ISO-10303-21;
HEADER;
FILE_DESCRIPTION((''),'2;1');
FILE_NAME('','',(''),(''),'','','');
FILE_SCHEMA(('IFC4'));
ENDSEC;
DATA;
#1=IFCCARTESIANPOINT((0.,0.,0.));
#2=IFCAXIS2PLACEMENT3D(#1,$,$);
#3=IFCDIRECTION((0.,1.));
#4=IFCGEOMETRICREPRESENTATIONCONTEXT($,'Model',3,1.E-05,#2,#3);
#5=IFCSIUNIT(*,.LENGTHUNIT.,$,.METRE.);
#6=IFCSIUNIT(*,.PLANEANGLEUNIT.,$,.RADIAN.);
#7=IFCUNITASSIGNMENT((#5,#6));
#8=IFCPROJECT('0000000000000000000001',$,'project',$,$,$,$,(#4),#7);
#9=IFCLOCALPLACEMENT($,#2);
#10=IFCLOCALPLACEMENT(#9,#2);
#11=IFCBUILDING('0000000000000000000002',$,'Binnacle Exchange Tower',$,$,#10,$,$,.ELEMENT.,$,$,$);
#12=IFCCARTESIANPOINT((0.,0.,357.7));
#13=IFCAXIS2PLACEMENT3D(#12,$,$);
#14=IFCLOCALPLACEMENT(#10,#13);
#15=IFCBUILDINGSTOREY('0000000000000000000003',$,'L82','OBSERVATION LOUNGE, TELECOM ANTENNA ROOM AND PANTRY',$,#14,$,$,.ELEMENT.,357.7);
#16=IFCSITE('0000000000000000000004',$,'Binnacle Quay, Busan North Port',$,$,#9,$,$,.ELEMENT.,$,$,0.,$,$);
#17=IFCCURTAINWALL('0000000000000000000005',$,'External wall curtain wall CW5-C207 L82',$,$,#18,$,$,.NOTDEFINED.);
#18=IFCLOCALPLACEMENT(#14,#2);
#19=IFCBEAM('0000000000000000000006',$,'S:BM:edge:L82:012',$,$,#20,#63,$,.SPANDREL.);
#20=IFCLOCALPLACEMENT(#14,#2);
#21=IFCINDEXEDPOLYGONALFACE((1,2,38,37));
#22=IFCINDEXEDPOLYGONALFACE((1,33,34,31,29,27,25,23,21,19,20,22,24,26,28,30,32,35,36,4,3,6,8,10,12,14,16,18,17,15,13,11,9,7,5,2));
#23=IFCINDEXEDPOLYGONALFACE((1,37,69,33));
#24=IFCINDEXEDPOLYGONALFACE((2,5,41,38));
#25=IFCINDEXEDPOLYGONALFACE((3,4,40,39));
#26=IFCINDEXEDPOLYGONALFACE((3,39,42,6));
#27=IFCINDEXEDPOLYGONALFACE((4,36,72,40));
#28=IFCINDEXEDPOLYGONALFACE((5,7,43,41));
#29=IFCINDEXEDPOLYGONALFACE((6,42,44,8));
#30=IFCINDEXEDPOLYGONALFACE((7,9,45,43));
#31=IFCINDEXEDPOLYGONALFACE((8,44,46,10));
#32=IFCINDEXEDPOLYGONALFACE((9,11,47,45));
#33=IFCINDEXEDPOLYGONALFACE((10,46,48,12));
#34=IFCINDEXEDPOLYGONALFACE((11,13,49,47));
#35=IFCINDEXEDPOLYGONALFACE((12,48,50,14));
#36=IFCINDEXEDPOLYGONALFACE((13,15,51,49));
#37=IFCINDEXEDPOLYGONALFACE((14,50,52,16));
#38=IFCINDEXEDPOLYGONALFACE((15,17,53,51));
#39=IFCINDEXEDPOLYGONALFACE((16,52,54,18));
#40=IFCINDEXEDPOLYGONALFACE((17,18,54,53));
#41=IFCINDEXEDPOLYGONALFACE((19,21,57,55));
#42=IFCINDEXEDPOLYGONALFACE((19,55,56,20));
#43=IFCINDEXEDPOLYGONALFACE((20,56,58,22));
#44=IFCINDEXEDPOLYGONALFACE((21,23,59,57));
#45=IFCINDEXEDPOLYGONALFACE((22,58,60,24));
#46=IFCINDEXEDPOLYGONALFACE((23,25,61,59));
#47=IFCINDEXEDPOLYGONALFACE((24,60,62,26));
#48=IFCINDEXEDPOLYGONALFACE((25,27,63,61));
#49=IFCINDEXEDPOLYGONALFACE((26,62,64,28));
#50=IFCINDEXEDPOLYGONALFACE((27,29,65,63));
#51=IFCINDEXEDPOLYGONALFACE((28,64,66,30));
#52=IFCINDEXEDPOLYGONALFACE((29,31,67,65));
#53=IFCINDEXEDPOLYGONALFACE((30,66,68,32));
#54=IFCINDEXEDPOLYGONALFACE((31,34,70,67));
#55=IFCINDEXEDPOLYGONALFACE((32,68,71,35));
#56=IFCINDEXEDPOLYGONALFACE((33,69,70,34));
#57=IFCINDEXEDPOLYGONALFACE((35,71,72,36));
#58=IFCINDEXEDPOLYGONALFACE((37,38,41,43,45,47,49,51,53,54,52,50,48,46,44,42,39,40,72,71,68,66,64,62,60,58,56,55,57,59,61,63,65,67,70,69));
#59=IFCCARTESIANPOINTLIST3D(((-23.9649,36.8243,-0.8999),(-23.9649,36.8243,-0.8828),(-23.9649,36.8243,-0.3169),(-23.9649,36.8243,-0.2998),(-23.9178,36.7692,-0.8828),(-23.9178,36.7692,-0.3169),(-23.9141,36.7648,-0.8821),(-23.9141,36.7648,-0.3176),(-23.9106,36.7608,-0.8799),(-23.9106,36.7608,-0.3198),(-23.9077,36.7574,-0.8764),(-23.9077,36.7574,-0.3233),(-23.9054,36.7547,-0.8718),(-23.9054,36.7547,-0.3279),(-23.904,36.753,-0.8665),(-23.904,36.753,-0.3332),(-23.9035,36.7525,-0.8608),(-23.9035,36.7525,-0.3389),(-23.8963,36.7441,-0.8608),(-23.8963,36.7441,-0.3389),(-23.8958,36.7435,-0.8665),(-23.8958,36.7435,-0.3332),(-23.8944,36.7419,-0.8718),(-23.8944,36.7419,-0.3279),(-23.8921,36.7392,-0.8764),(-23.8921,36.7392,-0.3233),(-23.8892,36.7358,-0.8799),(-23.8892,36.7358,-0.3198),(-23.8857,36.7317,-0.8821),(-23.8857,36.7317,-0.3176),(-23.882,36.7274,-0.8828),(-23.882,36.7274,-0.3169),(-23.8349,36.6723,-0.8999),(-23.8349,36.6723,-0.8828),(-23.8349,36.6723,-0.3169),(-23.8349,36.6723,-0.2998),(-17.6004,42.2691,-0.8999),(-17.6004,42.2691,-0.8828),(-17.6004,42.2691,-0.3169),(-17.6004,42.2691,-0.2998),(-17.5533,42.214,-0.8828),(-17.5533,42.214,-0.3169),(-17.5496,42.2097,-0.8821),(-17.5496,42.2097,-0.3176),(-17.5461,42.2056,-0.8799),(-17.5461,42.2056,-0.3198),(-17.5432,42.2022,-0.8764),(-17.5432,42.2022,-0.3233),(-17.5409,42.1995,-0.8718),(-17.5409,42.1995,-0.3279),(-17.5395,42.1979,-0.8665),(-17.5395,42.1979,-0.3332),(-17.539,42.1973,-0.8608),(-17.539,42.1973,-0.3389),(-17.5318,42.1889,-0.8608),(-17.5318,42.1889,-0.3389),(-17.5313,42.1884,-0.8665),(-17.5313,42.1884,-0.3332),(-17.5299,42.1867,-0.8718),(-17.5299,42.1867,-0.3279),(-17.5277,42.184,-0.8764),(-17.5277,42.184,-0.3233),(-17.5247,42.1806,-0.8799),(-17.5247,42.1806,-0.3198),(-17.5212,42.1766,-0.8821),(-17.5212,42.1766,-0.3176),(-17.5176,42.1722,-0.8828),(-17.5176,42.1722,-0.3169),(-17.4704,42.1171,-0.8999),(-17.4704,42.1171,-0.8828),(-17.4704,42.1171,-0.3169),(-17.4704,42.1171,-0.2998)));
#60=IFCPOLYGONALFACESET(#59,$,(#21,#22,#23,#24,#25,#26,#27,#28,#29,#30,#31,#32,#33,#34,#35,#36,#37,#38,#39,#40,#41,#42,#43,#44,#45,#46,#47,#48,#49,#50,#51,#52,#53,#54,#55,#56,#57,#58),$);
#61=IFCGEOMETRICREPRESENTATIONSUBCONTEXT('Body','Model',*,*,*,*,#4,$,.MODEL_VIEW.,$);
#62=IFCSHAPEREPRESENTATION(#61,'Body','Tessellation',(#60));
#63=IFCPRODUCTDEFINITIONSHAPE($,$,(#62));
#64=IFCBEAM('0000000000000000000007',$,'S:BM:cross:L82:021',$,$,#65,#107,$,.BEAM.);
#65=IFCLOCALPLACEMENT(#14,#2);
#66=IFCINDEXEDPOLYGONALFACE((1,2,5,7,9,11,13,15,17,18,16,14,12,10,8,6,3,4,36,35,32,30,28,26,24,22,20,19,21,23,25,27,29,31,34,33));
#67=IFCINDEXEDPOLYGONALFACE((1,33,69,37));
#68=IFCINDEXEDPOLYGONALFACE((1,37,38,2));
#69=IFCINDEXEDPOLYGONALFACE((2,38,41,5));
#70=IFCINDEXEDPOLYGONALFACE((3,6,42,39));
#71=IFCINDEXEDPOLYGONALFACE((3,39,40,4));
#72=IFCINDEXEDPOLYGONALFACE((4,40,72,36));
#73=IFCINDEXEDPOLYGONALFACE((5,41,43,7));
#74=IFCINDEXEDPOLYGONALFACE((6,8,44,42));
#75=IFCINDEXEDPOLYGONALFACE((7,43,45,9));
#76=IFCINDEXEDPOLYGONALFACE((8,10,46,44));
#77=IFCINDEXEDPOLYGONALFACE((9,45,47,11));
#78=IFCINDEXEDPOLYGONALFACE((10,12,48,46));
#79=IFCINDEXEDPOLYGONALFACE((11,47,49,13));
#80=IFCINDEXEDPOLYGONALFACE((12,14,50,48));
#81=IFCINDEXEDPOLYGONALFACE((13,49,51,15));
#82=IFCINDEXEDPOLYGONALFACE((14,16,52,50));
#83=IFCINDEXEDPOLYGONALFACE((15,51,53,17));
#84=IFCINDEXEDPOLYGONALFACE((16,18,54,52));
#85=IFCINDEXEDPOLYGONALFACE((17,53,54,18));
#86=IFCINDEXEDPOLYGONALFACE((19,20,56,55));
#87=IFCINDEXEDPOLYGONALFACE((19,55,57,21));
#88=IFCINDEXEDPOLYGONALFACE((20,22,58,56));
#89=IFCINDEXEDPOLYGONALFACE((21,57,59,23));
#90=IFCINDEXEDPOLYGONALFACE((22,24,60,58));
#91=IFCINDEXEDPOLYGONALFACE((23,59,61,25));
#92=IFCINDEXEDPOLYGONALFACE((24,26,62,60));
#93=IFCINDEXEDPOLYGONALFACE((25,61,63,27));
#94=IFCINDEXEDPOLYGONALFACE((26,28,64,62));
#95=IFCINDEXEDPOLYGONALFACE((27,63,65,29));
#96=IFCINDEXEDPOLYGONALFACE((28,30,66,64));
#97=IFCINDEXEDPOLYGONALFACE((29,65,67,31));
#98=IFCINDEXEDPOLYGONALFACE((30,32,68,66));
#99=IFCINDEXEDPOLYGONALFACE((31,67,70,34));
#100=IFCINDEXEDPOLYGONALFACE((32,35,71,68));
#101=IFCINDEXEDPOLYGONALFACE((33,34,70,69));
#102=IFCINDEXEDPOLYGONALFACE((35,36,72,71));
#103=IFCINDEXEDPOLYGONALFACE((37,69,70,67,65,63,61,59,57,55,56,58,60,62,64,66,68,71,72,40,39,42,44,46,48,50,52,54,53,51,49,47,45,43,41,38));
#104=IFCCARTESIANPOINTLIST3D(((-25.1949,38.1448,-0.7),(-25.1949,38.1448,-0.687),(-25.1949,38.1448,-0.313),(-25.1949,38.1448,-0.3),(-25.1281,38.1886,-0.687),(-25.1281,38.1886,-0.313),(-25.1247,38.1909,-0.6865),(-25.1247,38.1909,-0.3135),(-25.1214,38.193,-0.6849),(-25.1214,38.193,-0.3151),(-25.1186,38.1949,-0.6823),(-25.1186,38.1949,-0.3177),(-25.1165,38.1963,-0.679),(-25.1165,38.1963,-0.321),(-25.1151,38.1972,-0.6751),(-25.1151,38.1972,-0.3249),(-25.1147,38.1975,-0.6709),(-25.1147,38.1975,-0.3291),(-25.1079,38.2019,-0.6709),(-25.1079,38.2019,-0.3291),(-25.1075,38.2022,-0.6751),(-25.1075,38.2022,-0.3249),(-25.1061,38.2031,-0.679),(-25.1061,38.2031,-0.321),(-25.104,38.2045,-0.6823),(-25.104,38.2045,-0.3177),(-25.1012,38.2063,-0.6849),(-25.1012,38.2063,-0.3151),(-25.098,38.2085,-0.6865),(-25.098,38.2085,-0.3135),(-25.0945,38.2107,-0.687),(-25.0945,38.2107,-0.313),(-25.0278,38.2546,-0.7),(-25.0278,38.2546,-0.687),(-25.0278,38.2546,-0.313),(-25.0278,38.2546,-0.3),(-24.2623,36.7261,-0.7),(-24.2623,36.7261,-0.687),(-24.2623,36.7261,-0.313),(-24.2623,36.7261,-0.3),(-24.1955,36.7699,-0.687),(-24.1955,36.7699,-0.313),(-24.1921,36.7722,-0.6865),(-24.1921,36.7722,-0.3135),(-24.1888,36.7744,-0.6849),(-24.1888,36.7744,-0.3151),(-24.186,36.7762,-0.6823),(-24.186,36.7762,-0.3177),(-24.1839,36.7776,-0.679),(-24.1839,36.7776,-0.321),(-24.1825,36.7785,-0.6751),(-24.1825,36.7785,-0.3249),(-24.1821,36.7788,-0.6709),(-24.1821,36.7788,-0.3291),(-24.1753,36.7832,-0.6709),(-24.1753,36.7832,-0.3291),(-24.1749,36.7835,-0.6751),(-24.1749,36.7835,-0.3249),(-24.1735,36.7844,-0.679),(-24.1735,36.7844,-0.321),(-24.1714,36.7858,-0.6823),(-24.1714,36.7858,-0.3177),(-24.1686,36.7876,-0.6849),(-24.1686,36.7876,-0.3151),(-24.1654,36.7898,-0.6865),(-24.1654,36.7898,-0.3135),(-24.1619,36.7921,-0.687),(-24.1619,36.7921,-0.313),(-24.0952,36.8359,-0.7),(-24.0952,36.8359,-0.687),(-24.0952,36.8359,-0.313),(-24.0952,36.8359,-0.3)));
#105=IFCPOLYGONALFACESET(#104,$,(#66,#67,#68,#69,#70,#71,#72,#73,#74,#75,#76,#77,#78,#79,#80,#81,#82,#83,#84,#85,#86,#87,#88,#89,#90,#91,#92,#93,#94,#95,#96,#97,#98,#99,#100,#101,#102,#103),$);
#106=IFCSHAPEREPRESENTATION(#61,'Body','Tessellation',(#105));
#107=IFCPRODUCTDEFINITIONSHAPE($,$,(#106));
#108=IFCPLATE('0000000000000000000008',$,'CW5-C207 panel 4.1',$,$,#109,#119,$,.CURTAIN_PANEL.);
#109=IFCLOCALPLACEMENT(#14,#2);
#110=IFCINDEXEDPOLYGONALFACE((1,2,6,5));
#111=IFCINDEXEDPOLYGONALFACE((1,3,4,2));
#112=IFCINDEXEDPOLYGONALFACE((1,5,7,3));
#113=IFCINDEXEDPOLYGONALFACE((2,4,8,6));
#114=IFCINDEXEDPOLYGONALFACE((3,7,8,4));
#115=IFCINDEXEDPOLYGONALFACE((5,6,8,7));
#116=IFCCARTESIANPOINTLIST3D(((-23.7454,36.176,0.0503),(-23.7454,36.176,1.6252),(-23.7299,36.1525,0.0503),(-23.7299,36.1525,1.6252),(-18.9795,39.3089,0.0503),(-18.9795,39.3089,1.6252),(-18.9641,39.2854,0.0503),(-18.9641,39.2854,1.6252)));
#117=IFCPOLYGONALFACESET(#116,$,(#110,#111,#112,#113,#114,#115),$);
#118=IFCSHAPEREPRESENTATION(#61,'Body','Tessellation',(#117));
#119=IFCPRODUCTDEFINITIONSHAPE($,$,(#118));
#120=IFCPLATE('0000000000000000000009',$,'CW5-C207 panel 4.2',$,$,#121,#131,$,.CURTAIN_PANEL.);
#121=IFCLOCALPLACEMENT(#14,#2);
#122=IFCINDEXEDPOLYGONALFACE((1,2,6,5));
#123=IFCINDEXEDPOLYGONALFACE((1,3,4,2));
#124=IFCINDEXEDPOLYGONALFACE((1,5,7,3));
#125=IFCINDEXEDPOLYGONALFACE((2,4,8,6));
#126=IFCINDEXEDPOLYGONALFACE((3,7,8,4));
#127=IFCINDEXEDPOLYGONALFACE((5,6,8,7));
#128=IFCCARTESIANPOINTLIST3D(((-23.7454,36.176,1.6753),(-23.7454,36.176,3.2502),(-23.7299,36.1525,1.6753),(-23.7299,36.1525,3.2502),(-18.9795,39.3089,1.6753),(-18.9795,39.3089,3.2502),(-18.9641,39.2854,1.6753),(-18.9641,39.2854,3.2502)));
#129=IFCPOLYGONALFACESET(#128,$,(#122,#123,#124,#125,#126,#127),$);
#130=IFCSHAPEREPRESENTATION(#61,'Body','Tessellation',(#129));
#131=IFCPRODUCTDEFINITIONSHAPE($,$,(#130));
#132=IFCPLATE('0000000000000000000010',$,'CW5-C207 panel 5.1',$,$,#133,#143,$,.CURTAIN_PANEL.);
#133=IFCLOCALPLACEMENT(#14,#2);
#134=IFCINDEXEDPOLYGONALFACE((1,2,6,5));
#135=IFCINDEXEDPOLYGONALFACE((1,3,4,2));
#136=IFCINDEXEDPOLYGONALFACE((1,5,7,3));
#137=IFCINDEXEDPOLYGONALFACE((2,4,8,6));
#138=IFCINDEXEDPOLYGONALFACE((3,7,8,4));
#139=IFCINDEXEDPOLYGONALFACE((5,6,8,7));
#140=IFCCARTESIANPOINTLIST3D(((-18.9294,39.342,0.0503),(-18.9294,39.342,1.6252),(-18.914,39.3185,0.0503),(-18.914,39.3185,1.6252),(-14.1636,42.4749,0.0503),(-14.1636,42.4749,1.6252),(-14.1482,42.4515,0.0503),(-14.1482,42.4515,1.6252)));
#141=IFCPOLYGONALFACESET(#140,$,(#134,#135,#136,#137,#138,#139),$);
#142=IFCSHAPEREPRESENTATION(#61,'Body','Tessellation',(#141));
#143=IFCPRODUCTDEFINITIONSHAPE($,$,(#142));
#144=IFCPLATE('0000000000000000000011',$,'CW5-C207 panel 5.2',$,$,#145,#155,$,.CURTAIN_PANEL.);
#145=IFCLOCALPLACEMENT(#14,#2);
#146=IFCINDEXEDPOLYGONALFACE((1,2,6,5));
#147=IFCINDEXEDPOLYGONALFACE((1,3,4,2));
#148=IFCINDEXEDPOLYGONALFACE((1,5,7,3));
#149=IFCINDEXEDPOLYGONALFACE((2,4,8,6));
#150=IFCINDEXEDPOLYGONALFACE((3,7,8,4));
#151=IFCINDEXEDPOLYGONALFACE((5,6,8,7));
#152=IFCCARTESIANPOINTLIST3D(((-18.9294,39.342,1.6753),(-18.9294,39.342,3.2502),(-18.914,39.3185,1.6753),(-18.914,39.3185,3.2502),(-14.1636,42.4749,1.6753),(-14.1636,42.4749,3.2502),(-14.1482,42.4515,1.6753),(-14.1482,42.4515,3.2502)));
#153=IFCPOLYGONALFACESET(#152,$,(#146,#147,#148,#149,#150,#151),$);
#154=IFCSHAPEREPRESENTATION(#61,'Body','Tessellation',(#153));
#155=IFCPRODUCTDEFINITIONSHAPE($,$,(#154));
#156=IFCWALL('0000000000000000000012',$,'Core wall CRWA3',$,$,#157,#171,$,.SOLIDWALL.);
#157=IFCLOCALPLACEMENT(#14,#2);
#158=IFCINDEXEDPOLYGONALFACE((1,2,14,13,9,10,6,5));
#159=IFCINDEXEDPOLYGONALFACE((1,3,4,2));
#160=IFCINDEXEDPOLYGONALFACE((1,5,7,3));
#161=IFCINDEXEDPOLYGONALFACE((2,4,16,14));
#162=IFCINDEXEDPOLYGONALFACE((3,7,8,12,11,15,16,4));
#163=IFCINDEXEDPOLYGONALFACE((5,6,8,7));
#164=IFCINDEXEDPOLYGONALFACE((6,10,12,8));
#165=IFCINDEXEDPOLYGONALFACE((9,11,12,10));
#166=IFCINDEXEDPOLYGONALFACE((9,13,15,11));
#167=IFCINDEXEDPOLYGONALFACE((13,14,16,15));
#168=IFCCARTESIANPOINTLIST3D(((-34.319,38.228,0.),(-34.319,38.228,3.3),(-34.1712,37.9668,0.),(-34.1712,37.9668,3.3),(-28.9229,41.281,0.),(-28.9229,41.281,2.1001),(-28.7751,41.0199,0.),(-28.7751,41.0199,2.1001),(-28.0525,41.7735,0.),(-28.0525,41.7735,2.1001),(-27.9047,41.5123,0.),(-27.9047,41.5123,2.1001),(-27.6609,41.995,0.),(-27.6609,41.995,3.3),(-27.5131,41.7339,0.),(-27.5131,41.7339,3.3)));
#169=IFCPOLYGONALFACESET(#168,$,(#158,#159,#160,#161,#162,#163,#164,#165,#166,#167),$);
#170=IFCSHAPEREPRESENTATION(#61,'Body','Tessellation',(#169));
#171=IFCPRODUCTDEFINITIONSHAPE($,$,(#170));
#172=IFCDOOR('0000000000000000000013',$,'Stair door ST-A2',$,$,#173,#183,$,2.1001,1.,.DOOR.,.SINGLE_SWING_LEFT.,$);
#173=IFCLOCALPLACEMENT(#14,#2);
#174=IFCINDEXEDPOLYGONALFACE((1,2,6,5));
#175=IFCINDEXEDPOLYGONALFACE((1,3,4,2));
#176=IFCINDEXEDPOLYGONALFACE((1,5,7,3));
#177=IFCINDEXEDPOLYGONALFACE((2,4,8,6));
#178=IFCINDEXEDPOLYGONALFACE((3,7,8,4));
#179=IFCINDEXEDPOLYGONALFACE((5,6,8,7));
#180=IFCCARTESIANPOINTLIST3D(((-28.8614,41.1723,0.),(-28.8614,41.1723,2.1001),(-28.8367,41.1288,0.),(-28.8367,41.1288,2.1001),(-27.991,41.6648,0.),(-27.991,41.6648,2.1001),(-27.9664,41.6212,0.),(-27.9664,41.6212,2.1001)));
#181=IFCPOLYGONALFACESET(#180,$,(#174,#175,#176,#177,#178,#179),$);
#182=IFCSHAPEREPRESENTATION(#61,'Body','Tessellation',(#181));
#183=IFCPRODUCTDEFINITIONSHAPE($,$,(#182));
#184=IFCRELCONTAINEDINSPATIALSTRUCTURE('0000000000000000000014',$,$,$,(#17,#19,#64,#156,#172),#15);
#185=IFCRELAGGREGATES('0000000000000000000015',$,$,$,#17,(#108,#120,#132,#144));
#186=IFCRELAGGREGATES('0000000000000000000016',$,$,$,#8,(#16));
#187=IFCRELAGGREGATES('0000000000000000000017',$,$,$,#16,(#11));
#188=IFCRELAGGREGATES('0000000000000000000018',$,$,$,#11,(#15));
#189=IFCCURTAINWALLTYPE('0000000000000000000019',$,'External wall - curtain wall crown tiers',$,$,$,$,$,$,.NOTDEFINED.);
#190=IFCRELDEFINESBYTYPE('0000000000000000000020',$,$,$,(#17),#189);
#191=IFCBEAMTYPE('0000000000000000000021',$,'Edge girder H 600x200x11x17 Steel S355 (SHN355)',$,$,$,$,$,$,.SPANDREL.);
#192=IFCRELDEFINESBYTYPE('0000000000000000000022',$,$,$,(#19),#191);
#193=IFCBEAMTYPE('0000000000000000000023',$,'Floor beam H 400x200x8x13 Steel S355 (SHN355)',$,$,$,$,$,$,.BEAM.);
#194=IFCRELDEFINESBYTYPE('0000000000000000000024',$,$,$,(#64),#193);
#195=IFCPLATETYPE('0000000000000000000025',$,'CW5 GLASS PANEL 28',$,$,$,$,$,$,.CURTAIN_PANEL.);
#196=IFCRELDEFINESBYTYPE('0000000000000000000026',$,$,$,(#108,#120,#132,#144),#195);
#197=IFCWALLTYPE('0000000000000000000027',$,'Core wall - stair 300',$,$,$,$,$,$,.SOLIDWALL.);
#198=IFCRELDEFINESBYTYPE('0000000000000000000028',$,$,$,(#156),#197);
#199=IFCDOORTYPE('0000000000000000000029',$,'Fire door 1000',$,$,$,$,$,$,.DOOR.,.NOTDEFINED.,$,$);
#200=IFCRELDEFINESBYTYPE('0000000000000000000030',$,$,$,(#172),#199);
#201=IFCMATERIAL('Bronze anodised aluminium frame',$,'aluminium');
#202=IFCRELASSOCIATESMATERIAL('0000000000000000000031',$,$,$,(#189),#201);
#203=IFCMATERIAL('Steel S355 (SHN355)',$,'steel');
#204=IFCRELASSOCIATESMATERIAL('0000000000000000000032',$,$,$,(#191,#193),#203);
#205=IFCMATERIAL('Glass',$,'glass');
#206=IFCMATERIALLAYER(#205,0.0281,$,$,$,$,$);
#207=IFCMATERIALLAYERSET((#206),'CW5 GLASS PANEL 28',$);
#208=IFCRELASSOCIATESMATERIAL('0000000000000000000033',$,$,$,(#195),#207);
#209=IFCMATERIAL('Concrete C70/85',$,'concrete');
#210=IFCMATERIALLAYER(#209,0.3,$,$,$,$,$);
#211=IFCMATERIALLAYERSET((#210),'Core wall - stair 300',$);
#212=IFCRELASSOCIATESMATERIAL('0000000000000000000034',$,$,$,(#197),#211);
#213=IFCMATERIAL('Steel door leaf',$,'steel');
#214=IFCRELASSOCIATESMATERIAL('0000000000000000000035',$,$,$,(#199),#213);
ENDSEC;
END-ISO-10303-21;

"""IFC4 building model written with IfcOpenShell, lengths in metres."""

from ifc_helpers import new_model, si_unit, direction, frame, frame_2d, origin, origin_2d, place, context, subcontext, project, spatial, rectangle, i_section, extrude, material, layer, layer_set, material_profile, profile_set, type_object, element, fill, aggregate, save


model = new_model("IFC4")

# Units and contexts
model_context = context("Model", 3, precision=1e-05, world=origin(), true_north=direction((0.0, 1.0)))
body_context = subcontext(model_context, "Body", "Model", "MODEL_VIEW")
ifc_project = project(units=[si_unit("LENGTHUNIT", "METRE"), si_unit("PLANEANGLEUNIT", "RADIAN")], contexts=[model_context])

# Site, building, storey
site_placement = place(None, origin())
site = spatial("IfcSite", under=ifc_project, at=site_placement, Name="Binnacle Quay, Busan North Port", CompositionType="ELEMENT", RefElevation=0.0)
building_placement = place(site_placement, origin())
building = spatial("IfcBuilding", under=site, at=building_placement, Name="Binnacle Exchange Tower", CompositionType="ELEMENT")
storey_placement = place(building_placement, frame((0.0, 0.0, 357.7)))
storey = spatial("IfcBuildingStorey", under=building, at=storey_placement, Name="L82", Description="OBSERVATION LOUNGE, TELECOM ANTENNA ROOM AND PANTRY", CompositionType="ELEMENT", Elevation=357.7)

# Shared definitions
ifc_material_1 = material(Name="Steel S355 (SHN355)", Category="steel")

# Curtain wall
ifc_material_2 = material(Name="Bronze anodised aluminium frame", Category="aluminium")
curtain_wall_type = type_object("IfcCurtainWallType", Name="External wall - curtain wall crown tiers", PredefinedType="NOTDEFINED", material=ifc_material_2)
curtain_wall_placement = place(storey_placement, origin())
curtain_wall = element("IfcCurtainWall", 1, at=curtain_wall_placement, inside=storey, type_object=curtain_wall_type, Name="External wall curtain wall CW5-C207 L82", PredefinedType="NOTDEFINED")

# Beams
ifc_material_profile_1 = material_profile(ifc_material_1, i_section(OverallWidth=0.2, OverallDepth=0.6001, WebThickness=0.011, FlangeThickness=0.0171, FilletRadius=0.022, at=origin_2d()), Name="H 600x200x11x17")
ifc_profile_set_1 = profile_set([ifc_material_profile_1], Name="Steel S355 (SHN355)")
beam_type_1 = type_object("IfcBeamType", Name="Edge girder H 600x200x11x17 Steel S355 (SHN355)", PredefinedType="SPANDREL", material=ifc_profile_set_1)
beam_1_placement = place(storey_placement, frame((-23.8999, 36.7483, -0.5999), z_axis=(0.759874, 0.650071, 0.0), x_axis=(-0.650071, 0.759874, 0.0)))
element("IfcBeam", 2, at=beam_1_placement, inside=storey, type_object=beam_type_1, Name="S:BM:edge:L82:012", PredefinedType="SPANDREL", context=body_context, shape_type="SweptSolid", body=[
    extrude(i_section(OverallWidth=0.2, OverallDepth=0.6001, WebThickness=0.011, FlangeThickness=0.0171, FilletRadius=0.022, at=origin_2d()), origin(), (0.0, 0.0, 1.0), 8.3757),
])
ifc_material_profile_2 = material_profile(ifc_material_1, i_section(OverallWidth=0.2, OverallDepth=0.3999, WebThickness=0.0081, FlangeThickness=0.0129, FilletRadius=0.0161, at=origin_2d()), Name="H 400x200x8x13")
ifc_profile_set_2 = profile_set([ifc_material_profile_2], Name="Steel S355 (SHN355)")
beam_type_2 = type_object("IfcBeamType", Name="Floor beam H 400x200x8x13 Steel S355 (SHN355)", PredefinedType="BEAM", material=ifc_profile_set_2)
beam_2_placement = place(storey_placement, frame((-24.1787, 36.781, -0.5), z_axis=(-0.549313, 0.835617, 0.0), x_axis=(-0.835617, -0.549313, 0.0)))
element("IfcBeam", 3, at=beam_2_placement, inside=storey, type_object=beam_type_2, Name="S:BM:cross:L82:021", PredefinedType="BEAM", context=body_context, shape_type="SweptSolid", body=[
    extrude(i_section(OverallWidth=0.2, OverallDepth=0.3999, WebThickness=0.0081, FlangeThickness=0.0129, FilletRadius=0.0161, at=origin_2d()), origin(), (0.0, 0.0, 1.0), 1.6978),
])

# Plates
ifc_material_3 = material(Name="Glass", Category="glass")
ifc_layer_1 = layer(ifc_material_3, 0.0281)
ifc_layer_set_1 = layer_set([ifc_layer_1], Name="CW5 GLASS PANEL 28")
plate_type = type_object("IfcPlateType", Name="CW5 GLASS PANEL 28", PredefinedType="CURTAIN_PANEL", material=ifc_layer_set_1)
plate_1_placement = place(storey_placement, frame((-21.3547, 37.7307, 0.0503), z_axis=(0.0, 0.0, 1.0), x_axis=(0.835618, 0.54931, 0.0)))
plate_1 = element("IfcPlate", 4, at=plate_1_placement, type_object=plate_type, Name="CW5-C207 panel 4.1", PredefinedType="CURTAIN_PANEL", context=body_context, shape_type="SweptSolid", body=[
    extrude(rectangle(XDim=5.7034, YDim=0.0281, at=origin_2d()), origin(), (0.0, 0.0, 1.0), 1.575),
])
plate_2_placement = place(storey_placement, frame((-21.3547, 37.7307, 1.6753), z_axis=(0.0, 0.0, 1.0), x_axis=(0.835618, 0.54931, 0.0)))
plate_2 = element("IfcPlate", 5, at=plate_2_placement, type_object=plate_type, Name="CW5-C207 panel 4.2", PredefinedType="CURTAIN_PANEL", context=body_context, shape_type="SweptSolid", body=[
    extrude(rectangle(XDim=5.7034, YDim=0.0281, at=origin_2d()), origin(), (0.0, 0.0, 1.0), 1.575),
])
plate_3_placement = place(storey_placement, frame((-16.5388, 40.8967, 0.0503), z_axis=(0.0, 0.0, 1.0), x_axis=(0.835618, 0.54931, 0.0)))
plate_3 = element("IfcPlate", 6, at=plate_3_placement, type_object=plate_type, Name="CW5-C207 panel 5.1", PredefinedType="CURTAIN_PANEL", context=body_context, shape_type="SweptSolid", body=[
    extrude(rectangle(XDim=5.7034, YDim=0.0281, at=origin_2d()), origin(), (0.0, 0.0, 1.0), 1.575),
])
plate_4_placement = place(storey_placement, frame((-16.5388, 40.8967, 1.6753), z_axis=(0.0, 0.0, 1.0), x_axis=(0.835618, 0.54931, 0.0)))
plate_4 = element("IfcPlate", 7, at=plate_4_placement, type_object=plate_type, Name="CW5-C207 panel 5.2", PredefinedType="CURTAIN_PANEL", context=body_context, shape_type="SweptSolid", body=[
    extrude(rectangle(XDim=5.7034, YDim=0.0281, at=origin_2d()), origin(), (0.0, 0.0, 1.0), 1.575),
])
aggregate(curtain_wall, [plate_1, plate_2, plate_3, plate_4])

# Wall, opening, door
ifc_material_4 = material(Name="Concrete C70/85", Category="concrete")
ifc_layer_2 = layer(ifc_material_4, 0.3)
ifc_layer_set_2 = layer_set([ifc_layer_2], Name="Core wall - stair 300")
wall_type_1 = type_object("IfcWallType", Name="Core wall - stair 300", PredefinedType="SOLIDWALL", material=ifc_layer_set_2)
wall_1_placement = place(storey_placement, frame((-34.2451, 38.0974, 0.0), z_axis=(0.0, 0.0, 1.0), x_axis=(0.870352, 0.492429, 0.0)))
wall_1 = element("IfcWall", 8, at=wall_1_placement, inside=storey, type_object=wall_type_1, Name="Core wall CRWA3", PredefinedType="SOLIDWALL", context=body_context, shape_type="SweptSolid", body=[
    extrude(rectangle(XDim=7.6499, YDim=0.3, at=frame_2d((3.825, 0.0))), origin(), (0.0, 0.0, 1.0), 3.3),
])
opening_1_placement = place(wall_1_placement, frame((6.2, 0.0, 0.0)))
opening_1 = element("IfcOpeningElement", 9, at=opening_1_placement, cuts=wall_1, PredefinedType="OPENING", context=body_context, shape_type="SweptSolid", body=[
    extrude(rectangle(XDim=1.0, YDim=2.1001, at=frame_2d((0.5, 1.05))), frame((0.0, 0.1599, 0.0), z_axis=(0.0, -1.0, 0.0), x_axis=(1.0, 0.0, 0.0)), (0.0, 0.0, 1.0), 0.3201),
])
ifc_material_5 = material(Name="Steel door leaf", Category="steel")
door_type_1 = type_object("IfcDoorType", Name="Fire door 1000", OperationType="NOTDEFINED", PredefinedType="DOOR", material=ifc_material_5)
door_1_placement = place(opening_1_placement, frame((1.0, 0.0, 0.0), z_axis=(0.0, 0.0, 1.0), x_axis=(-1.0, 0.0, 0.0)))
door_1 = element("IfcDoor", 10, at=door_1_placement, inside=storey, type_object=door_type_1, Name="Stair door ST-A2", OperationType="SINGLE_SWING_LEFT", OverallHeight=2.1001, OverallWidth=1.0, PredefinedType="DOOR", context=body_context, shape_type="SweptSolid", body=[
    extrude(rectangle(XDim=1.0, YDim=2.1001, at=frame_2d((0.5, 1.05))), frame((0.0, 0.0249, 0.0), z_axis=(0.0, -1.0, 0.0), x_axis=(1.0, 0.0, 0.0)), (0.0, 0.0, 1.0), 0.05),
])
fill(opening_1, door_1)

save(model, "model.ifc")
